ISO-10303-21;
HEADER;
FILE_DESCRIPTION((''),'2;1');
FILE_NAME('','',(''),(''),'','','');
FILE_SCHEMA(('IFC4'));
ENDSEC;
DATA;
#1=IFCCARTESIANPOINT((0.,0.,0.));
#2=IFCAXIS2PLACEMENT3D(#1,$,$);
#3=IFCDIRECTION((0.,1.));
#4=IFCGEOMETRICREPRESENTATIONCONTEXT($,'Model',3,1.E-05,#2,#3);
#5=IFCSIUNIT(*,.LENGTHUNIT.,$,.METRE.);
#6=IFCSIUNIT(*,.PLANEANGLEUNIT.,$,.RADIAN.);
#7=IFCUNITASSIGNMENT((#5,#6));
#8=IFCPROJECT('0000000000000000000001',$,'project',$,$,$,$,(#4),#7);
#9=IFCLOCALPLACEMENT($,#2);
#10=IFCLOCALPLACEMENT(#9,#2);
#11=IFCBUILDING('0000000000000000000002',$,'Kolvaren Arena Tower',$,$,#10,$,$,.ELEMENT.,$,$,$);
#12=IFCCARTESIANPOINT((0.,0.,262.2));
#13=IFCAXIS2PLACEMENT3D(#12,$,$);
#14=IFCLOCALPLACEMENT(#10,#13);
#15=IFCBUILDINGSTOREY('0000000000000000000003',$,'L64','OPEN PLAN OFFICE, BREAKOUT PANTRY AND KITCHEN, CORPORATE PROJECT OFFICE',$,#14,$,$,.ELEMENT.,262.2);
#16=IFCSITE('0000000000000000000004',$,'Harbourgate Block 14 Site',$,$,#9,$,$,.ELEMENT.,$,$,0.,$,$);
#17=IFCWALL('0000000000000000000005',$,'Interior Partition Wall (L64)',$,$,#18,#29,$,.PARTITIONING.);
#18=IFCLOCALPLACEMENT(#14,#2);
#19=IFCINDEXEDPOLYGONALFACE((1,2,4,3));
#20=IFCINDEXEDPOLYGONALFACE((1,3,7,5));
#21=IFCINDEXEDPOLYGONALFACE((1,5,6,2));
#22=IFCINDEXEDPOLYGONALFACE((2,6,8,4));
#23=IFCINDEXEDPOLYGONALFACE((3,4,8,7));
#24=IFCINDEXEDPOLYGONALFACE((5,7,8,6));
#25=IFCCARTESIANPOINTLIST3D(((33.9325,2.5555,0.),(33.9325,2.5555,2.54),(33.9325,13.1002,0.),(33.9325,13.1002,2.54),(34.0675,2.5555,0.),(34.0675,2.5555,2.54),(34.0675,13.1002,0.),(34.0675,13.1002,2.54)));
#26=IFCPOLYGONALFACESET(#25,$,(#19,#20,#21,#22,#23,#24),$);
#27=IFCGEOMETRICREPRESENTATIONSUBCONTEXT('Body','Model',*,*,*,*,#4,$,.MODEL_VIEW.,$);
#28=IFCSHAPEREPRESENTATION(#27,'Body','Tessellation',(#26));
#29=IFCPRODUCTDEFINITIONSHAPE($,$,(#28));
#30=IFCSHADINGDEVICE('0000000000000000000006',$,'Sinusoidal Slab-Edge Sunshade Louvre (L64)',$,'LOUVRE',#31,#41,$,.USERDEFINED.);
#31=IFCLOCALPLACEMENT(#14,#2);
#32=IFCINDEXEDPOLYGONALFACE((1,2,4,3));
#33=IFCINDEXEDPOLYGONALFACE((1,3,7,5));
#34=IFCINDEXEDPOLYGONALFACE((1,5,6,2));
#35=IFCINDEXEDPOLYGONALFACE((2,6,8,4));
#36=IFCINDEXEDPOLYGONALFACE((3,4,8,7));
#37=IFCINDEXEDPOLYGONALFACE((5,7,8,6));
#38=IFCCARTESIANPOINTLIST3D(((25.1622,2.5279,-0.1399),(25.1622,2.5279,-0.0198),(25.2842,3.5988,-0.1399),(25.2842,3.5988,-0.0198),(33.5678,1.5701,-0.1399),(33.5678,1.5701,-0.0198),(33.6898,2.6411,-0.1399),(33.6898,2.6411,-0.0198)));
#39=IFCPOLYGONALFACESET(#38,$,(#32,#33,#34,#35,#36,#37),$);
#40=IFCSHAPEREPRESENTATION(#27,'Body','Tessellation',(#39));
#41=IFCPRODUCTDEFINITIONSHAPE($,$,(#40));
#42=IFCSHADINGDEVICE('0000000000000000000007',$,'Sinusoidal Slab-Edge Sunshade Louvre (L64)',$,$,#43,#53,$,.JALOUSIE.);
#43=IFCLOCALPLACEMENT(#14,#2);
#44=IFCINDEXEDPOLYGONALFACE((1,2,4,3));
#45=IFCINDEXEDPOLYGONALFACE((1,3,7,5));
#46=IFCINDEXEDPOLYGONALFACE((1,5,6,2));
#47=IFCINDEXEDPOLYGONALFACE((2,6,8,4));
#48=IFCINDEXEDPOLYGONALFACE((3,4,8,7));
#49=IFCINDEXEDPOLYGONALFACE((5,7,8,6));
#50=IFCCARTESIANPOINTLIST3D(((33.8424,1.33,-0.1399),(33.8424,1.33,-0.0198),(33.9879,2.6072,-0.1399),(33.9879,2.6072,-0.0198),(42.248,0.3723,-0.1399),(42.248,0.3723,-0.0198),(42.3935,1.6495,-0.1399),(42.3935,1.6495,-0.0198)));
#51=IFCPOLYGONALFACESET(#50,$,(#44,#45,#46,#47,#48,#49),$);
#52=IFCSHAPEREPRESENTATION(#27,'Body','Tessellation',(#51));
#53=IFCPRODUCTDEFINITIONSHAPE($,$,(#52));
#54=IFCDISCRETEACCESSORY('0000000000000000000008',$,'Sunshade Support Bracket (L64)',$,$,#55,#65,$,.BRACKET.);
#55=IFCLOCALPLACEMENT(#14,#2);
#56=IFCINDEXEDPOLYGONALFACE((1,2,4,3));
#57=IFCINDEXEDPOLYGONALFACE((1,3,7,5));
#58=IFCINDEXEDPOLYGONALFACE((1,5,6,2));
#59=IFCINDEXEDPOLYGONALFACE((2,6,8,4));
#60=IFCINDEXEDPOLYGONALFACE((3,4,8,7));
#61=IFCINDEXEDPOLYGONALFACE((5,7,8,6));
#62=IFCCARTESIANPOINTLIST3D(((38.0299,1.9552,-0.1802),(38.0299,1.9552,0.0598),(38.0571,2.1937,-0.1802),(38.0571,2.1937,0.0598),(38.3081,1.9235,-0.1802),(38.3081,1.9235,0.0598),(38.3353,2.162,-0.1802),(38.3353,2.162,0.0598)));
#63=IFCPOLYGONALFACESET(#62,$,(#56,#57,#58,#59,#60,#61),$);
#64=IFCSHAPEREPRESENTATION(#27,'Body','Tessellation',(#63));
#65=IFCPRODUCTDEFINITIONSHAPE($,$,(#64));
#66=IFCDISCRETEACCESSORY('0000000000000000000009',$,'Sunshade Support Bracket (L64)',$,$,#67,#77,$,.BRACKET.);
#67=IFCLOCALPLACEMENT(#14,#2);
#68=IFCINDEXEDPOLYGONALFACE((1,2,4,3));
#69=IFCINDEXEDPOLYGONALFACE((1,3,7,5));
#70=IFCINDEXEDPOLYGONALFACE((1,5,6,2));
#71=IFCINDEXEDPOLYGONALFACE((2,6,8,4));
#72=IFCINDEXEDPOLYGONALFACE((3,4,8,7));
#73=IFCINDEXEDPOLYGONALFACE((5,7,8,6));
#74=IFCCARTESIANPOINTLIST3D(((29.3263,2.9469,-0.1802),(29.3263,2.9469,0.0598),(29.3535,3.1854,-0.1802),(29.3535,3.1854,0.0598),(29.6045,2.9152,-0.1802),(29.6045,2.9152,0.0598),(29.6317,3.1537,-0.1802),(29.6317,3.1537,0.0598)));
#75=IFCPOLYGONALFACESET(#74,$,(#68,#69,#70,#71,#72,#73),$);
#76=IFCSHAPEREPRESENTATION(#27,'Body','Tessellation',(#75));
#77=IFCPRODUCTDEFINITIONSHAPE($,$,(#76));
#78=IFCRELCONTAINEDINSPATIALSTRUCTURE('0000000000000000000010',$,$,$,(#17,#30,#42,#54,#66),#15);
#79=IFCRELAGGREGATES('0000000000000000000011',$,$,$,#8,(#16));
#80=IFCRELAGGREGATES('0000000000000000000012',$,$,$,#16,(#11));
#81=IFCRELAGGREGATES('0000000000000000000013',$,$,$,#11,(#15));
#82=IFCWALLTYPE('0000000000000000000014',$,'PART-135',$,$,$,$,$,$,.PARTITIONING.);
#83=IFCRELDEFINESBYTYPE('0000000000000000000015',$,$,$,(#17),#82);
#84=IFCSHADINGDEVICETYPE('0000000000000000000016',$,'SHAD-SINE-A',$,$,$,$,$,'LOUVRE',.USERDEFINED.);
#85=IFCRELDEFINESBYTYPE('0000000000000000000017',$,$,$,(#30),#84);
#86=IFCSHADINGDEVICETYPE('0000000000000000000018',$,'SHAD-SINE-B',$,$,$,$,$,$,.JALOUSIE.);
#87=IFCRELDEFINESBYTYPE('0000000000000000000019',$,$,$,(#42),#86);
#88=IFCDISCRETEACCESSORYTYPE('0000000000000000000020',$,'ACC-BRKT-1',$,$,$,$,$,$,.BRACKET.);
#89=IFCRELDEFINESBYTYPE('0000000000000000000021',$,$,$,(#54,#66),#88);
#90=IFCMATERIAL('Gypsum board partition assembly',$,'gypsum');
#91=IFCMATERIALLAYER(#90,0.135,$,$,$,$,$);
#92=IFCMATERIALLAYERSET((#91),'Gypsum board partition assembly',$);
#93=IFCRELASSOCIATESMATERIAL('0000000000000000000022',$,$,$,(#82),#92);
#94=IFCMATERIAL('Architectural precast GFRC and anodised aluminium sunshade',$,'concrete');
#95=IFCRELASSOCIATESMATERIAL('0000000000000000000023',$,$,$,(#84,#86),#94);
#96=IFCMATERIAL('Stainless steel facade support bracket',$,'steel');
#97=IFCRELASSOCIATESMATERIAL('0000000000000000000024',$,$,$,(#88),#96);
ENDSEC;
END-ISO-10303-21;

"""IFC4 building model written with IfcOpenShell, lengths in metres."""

from ifc_helpers import new_model, si_unit, direction, frame, frame_2d, origin, origin_2d, place, context, subcontext, project, spatial, rectangle, extrude, material, layer, layer_set, type_object, element, save


model = new_model("IFC4")

# Units and contexts
model_context = context("Model", 3, precision=1e-05, world=origin(), true_north=direction((0.0, 1.0)))
body_context = subcontext(model_context, "Body", "Model", "MODEL_VIEW")
ifc_project = project(units=[si_unit("LENGTHUNIT", "METRE"), si_unit("PLANEANGLEUNIT", "RADIAN")], contexts=[model_context])

# Site, building, storey
site_placement = place(None, origin())
site = spatial("IfcSite", under=ifc_project, at=site_placement, Name="Harbourgate Block 14 Site", CompositionType="ELEMENT", RefElevation=0.0)
building_placement = place(site_placement, origin())
building = spatial("IfcBuilding", under=site, at=building_placement, Name="Kolvaren Arena Tower", CompositionType="ELEMENT")
storey_placement = place(building_placement, frame((0.0, 0.0, 262.2)))
storey = spatial("IfcBuildingStorey", under=building, at=storey_placement, Name="L64", Description="OPEN PLAN OFFICE, BREAKOUT PANTRY AND KITCHEN, CORPORATE PROJECT OFFICE", CompositionType="ELEMENT", Elevation=262.2)

# Wall
ifc_material_1 = material(Name="Gypsum board partition assembly", Category="gypsum")
ifc_layer_1 = layer(ifc_material_1, 0.135)
ifc_layer_set_1 = layer_set([ifc_layer_1], Name="Gypsum board partition assembly")
wall_type_1 = type_object("IfcWallType", Name="PART-135", PredefinedType="PARTITIONING", material=ifc_layer_set_1)
wall_1_placement = place(storey_placement, frame((34.0, 2.5554, 0.0), z_axis=(0.0, 0.0, 1.0), x_axis=(0.0, 1.0, 0.0)))
element("IfcWall", 1, at=wall_1_placement, inside=storey, type_object=wall_type_1, Name="Interior Partition Wall (L64)", PredefinedType="PARTITIONING", context=body_context, shape_type="SweptSolid", body=[
    extrude(rectangle(XDim=10.5447, YDim=0.135, at=frame_2d((5.2725, 0.0))), origin(), (0.0, 0.0, 1.0), 2.54),
])

# Shading devices
ifc_material_2 = material(Name="Architectural precast GFRC and anodised aluminium sunshade", Category="concrete")
shading_device_type_1 = type_object("IfcShadingDeviceType", Name="SHAD-SINE-A", ElementType="LOUVRE", PredefinedType="USERDEFINED", material=ifc_material_2)
shading_device_1_placement = place(storey_placement, frame((29.426, 2.5845, -0.1399), z_axis=(0.0, 0.0, 1.0), x_axis=(-0.993572, 0.113205, 0.0)))
element("IfcShadingDevice", 2, at=shading_device_1_placement, inside=storey, type_object=shading_device_type_1, Name="Sinusoidal Slab-Edge Sunshade Louvre (L64)", ObjectType="LOUVRE", PredefinedType="USERDEFINED", context=body_context, shape_type="SweptSolid", body=[
    extrude(rectangle(XDim=8.46, YDim=1.0779, at=origin_2d()), origin(), (0.0, 0.0, 1.0), 0.1201),
])
shading_device_type_2 = type_object("IfcShadingDeviceType", Name="SHAD-SINE-B", PredefinedType="JALOUSIE", material=ifc_material_2)
shading_device_2_placement = place(storey_placement, frame((38.1179, 1.4897, -0.1399), z_axis=(0.0, 0.0, 1.0), x_axis=(-0.993572, 0.113205, 0.0)))
element("IfcShadingDevice", 3, at=shading_device_2_placement, inside=storey, type_object=shading_device_type_2, Name="Sinusoidal Slab-Edge Sunshade Louvre (L64)", PredefinedType="JALOUSIE", context=body_context, shape_type="SweptSolid", body=[
    extrude(rectangle(XDim=8.46, YDim=1.2854, at=origin_2d()), origin(), (0.0, 0.0, 1.0), 0.1201),
])

# Discrete accessories
ifc_material_3 = material(Name="Stainless steel facade support bracket", Category="steel")
discrete_accessory_type = type_object("IfcDiscreteAccessoryType", Name="ACC-BRKT-1", PredefinedType="BRACKET", material=ifc_material_3)
for number, where, z_axis, x_axis, name in (
    (4, (38.1826, 2.0586, -0.1802), (0.0, 0.0, 1.0), (-0.993572, 0.113205, 0.0), "Sunshade Support Bracket (L64)"),
    (5, (29.479, 3.0503, -0.1802), (0.0, 0.0, 1.0), (-0.993572, 0.113205, 0.0), "Sunshade Support Bracket (L64)"),
):
    element("IfcDiscreteAccessory", number, at=place(storey_placement, frame(where, z_axis=z_axis, x_axis=x_axis)), inside=storey, type_object=discrete_accessory_type, Name=name, PredefinedType="BRACKET", context=body_context, shape_type="SweptSolid", body=[
        extrude(rectangle(XDim=0.28, YDim=0.24, at=origin_2d()), origin(), (0.0, 0.0, 1.0), 0.24),
    ])

save(model, "model.ifc")
